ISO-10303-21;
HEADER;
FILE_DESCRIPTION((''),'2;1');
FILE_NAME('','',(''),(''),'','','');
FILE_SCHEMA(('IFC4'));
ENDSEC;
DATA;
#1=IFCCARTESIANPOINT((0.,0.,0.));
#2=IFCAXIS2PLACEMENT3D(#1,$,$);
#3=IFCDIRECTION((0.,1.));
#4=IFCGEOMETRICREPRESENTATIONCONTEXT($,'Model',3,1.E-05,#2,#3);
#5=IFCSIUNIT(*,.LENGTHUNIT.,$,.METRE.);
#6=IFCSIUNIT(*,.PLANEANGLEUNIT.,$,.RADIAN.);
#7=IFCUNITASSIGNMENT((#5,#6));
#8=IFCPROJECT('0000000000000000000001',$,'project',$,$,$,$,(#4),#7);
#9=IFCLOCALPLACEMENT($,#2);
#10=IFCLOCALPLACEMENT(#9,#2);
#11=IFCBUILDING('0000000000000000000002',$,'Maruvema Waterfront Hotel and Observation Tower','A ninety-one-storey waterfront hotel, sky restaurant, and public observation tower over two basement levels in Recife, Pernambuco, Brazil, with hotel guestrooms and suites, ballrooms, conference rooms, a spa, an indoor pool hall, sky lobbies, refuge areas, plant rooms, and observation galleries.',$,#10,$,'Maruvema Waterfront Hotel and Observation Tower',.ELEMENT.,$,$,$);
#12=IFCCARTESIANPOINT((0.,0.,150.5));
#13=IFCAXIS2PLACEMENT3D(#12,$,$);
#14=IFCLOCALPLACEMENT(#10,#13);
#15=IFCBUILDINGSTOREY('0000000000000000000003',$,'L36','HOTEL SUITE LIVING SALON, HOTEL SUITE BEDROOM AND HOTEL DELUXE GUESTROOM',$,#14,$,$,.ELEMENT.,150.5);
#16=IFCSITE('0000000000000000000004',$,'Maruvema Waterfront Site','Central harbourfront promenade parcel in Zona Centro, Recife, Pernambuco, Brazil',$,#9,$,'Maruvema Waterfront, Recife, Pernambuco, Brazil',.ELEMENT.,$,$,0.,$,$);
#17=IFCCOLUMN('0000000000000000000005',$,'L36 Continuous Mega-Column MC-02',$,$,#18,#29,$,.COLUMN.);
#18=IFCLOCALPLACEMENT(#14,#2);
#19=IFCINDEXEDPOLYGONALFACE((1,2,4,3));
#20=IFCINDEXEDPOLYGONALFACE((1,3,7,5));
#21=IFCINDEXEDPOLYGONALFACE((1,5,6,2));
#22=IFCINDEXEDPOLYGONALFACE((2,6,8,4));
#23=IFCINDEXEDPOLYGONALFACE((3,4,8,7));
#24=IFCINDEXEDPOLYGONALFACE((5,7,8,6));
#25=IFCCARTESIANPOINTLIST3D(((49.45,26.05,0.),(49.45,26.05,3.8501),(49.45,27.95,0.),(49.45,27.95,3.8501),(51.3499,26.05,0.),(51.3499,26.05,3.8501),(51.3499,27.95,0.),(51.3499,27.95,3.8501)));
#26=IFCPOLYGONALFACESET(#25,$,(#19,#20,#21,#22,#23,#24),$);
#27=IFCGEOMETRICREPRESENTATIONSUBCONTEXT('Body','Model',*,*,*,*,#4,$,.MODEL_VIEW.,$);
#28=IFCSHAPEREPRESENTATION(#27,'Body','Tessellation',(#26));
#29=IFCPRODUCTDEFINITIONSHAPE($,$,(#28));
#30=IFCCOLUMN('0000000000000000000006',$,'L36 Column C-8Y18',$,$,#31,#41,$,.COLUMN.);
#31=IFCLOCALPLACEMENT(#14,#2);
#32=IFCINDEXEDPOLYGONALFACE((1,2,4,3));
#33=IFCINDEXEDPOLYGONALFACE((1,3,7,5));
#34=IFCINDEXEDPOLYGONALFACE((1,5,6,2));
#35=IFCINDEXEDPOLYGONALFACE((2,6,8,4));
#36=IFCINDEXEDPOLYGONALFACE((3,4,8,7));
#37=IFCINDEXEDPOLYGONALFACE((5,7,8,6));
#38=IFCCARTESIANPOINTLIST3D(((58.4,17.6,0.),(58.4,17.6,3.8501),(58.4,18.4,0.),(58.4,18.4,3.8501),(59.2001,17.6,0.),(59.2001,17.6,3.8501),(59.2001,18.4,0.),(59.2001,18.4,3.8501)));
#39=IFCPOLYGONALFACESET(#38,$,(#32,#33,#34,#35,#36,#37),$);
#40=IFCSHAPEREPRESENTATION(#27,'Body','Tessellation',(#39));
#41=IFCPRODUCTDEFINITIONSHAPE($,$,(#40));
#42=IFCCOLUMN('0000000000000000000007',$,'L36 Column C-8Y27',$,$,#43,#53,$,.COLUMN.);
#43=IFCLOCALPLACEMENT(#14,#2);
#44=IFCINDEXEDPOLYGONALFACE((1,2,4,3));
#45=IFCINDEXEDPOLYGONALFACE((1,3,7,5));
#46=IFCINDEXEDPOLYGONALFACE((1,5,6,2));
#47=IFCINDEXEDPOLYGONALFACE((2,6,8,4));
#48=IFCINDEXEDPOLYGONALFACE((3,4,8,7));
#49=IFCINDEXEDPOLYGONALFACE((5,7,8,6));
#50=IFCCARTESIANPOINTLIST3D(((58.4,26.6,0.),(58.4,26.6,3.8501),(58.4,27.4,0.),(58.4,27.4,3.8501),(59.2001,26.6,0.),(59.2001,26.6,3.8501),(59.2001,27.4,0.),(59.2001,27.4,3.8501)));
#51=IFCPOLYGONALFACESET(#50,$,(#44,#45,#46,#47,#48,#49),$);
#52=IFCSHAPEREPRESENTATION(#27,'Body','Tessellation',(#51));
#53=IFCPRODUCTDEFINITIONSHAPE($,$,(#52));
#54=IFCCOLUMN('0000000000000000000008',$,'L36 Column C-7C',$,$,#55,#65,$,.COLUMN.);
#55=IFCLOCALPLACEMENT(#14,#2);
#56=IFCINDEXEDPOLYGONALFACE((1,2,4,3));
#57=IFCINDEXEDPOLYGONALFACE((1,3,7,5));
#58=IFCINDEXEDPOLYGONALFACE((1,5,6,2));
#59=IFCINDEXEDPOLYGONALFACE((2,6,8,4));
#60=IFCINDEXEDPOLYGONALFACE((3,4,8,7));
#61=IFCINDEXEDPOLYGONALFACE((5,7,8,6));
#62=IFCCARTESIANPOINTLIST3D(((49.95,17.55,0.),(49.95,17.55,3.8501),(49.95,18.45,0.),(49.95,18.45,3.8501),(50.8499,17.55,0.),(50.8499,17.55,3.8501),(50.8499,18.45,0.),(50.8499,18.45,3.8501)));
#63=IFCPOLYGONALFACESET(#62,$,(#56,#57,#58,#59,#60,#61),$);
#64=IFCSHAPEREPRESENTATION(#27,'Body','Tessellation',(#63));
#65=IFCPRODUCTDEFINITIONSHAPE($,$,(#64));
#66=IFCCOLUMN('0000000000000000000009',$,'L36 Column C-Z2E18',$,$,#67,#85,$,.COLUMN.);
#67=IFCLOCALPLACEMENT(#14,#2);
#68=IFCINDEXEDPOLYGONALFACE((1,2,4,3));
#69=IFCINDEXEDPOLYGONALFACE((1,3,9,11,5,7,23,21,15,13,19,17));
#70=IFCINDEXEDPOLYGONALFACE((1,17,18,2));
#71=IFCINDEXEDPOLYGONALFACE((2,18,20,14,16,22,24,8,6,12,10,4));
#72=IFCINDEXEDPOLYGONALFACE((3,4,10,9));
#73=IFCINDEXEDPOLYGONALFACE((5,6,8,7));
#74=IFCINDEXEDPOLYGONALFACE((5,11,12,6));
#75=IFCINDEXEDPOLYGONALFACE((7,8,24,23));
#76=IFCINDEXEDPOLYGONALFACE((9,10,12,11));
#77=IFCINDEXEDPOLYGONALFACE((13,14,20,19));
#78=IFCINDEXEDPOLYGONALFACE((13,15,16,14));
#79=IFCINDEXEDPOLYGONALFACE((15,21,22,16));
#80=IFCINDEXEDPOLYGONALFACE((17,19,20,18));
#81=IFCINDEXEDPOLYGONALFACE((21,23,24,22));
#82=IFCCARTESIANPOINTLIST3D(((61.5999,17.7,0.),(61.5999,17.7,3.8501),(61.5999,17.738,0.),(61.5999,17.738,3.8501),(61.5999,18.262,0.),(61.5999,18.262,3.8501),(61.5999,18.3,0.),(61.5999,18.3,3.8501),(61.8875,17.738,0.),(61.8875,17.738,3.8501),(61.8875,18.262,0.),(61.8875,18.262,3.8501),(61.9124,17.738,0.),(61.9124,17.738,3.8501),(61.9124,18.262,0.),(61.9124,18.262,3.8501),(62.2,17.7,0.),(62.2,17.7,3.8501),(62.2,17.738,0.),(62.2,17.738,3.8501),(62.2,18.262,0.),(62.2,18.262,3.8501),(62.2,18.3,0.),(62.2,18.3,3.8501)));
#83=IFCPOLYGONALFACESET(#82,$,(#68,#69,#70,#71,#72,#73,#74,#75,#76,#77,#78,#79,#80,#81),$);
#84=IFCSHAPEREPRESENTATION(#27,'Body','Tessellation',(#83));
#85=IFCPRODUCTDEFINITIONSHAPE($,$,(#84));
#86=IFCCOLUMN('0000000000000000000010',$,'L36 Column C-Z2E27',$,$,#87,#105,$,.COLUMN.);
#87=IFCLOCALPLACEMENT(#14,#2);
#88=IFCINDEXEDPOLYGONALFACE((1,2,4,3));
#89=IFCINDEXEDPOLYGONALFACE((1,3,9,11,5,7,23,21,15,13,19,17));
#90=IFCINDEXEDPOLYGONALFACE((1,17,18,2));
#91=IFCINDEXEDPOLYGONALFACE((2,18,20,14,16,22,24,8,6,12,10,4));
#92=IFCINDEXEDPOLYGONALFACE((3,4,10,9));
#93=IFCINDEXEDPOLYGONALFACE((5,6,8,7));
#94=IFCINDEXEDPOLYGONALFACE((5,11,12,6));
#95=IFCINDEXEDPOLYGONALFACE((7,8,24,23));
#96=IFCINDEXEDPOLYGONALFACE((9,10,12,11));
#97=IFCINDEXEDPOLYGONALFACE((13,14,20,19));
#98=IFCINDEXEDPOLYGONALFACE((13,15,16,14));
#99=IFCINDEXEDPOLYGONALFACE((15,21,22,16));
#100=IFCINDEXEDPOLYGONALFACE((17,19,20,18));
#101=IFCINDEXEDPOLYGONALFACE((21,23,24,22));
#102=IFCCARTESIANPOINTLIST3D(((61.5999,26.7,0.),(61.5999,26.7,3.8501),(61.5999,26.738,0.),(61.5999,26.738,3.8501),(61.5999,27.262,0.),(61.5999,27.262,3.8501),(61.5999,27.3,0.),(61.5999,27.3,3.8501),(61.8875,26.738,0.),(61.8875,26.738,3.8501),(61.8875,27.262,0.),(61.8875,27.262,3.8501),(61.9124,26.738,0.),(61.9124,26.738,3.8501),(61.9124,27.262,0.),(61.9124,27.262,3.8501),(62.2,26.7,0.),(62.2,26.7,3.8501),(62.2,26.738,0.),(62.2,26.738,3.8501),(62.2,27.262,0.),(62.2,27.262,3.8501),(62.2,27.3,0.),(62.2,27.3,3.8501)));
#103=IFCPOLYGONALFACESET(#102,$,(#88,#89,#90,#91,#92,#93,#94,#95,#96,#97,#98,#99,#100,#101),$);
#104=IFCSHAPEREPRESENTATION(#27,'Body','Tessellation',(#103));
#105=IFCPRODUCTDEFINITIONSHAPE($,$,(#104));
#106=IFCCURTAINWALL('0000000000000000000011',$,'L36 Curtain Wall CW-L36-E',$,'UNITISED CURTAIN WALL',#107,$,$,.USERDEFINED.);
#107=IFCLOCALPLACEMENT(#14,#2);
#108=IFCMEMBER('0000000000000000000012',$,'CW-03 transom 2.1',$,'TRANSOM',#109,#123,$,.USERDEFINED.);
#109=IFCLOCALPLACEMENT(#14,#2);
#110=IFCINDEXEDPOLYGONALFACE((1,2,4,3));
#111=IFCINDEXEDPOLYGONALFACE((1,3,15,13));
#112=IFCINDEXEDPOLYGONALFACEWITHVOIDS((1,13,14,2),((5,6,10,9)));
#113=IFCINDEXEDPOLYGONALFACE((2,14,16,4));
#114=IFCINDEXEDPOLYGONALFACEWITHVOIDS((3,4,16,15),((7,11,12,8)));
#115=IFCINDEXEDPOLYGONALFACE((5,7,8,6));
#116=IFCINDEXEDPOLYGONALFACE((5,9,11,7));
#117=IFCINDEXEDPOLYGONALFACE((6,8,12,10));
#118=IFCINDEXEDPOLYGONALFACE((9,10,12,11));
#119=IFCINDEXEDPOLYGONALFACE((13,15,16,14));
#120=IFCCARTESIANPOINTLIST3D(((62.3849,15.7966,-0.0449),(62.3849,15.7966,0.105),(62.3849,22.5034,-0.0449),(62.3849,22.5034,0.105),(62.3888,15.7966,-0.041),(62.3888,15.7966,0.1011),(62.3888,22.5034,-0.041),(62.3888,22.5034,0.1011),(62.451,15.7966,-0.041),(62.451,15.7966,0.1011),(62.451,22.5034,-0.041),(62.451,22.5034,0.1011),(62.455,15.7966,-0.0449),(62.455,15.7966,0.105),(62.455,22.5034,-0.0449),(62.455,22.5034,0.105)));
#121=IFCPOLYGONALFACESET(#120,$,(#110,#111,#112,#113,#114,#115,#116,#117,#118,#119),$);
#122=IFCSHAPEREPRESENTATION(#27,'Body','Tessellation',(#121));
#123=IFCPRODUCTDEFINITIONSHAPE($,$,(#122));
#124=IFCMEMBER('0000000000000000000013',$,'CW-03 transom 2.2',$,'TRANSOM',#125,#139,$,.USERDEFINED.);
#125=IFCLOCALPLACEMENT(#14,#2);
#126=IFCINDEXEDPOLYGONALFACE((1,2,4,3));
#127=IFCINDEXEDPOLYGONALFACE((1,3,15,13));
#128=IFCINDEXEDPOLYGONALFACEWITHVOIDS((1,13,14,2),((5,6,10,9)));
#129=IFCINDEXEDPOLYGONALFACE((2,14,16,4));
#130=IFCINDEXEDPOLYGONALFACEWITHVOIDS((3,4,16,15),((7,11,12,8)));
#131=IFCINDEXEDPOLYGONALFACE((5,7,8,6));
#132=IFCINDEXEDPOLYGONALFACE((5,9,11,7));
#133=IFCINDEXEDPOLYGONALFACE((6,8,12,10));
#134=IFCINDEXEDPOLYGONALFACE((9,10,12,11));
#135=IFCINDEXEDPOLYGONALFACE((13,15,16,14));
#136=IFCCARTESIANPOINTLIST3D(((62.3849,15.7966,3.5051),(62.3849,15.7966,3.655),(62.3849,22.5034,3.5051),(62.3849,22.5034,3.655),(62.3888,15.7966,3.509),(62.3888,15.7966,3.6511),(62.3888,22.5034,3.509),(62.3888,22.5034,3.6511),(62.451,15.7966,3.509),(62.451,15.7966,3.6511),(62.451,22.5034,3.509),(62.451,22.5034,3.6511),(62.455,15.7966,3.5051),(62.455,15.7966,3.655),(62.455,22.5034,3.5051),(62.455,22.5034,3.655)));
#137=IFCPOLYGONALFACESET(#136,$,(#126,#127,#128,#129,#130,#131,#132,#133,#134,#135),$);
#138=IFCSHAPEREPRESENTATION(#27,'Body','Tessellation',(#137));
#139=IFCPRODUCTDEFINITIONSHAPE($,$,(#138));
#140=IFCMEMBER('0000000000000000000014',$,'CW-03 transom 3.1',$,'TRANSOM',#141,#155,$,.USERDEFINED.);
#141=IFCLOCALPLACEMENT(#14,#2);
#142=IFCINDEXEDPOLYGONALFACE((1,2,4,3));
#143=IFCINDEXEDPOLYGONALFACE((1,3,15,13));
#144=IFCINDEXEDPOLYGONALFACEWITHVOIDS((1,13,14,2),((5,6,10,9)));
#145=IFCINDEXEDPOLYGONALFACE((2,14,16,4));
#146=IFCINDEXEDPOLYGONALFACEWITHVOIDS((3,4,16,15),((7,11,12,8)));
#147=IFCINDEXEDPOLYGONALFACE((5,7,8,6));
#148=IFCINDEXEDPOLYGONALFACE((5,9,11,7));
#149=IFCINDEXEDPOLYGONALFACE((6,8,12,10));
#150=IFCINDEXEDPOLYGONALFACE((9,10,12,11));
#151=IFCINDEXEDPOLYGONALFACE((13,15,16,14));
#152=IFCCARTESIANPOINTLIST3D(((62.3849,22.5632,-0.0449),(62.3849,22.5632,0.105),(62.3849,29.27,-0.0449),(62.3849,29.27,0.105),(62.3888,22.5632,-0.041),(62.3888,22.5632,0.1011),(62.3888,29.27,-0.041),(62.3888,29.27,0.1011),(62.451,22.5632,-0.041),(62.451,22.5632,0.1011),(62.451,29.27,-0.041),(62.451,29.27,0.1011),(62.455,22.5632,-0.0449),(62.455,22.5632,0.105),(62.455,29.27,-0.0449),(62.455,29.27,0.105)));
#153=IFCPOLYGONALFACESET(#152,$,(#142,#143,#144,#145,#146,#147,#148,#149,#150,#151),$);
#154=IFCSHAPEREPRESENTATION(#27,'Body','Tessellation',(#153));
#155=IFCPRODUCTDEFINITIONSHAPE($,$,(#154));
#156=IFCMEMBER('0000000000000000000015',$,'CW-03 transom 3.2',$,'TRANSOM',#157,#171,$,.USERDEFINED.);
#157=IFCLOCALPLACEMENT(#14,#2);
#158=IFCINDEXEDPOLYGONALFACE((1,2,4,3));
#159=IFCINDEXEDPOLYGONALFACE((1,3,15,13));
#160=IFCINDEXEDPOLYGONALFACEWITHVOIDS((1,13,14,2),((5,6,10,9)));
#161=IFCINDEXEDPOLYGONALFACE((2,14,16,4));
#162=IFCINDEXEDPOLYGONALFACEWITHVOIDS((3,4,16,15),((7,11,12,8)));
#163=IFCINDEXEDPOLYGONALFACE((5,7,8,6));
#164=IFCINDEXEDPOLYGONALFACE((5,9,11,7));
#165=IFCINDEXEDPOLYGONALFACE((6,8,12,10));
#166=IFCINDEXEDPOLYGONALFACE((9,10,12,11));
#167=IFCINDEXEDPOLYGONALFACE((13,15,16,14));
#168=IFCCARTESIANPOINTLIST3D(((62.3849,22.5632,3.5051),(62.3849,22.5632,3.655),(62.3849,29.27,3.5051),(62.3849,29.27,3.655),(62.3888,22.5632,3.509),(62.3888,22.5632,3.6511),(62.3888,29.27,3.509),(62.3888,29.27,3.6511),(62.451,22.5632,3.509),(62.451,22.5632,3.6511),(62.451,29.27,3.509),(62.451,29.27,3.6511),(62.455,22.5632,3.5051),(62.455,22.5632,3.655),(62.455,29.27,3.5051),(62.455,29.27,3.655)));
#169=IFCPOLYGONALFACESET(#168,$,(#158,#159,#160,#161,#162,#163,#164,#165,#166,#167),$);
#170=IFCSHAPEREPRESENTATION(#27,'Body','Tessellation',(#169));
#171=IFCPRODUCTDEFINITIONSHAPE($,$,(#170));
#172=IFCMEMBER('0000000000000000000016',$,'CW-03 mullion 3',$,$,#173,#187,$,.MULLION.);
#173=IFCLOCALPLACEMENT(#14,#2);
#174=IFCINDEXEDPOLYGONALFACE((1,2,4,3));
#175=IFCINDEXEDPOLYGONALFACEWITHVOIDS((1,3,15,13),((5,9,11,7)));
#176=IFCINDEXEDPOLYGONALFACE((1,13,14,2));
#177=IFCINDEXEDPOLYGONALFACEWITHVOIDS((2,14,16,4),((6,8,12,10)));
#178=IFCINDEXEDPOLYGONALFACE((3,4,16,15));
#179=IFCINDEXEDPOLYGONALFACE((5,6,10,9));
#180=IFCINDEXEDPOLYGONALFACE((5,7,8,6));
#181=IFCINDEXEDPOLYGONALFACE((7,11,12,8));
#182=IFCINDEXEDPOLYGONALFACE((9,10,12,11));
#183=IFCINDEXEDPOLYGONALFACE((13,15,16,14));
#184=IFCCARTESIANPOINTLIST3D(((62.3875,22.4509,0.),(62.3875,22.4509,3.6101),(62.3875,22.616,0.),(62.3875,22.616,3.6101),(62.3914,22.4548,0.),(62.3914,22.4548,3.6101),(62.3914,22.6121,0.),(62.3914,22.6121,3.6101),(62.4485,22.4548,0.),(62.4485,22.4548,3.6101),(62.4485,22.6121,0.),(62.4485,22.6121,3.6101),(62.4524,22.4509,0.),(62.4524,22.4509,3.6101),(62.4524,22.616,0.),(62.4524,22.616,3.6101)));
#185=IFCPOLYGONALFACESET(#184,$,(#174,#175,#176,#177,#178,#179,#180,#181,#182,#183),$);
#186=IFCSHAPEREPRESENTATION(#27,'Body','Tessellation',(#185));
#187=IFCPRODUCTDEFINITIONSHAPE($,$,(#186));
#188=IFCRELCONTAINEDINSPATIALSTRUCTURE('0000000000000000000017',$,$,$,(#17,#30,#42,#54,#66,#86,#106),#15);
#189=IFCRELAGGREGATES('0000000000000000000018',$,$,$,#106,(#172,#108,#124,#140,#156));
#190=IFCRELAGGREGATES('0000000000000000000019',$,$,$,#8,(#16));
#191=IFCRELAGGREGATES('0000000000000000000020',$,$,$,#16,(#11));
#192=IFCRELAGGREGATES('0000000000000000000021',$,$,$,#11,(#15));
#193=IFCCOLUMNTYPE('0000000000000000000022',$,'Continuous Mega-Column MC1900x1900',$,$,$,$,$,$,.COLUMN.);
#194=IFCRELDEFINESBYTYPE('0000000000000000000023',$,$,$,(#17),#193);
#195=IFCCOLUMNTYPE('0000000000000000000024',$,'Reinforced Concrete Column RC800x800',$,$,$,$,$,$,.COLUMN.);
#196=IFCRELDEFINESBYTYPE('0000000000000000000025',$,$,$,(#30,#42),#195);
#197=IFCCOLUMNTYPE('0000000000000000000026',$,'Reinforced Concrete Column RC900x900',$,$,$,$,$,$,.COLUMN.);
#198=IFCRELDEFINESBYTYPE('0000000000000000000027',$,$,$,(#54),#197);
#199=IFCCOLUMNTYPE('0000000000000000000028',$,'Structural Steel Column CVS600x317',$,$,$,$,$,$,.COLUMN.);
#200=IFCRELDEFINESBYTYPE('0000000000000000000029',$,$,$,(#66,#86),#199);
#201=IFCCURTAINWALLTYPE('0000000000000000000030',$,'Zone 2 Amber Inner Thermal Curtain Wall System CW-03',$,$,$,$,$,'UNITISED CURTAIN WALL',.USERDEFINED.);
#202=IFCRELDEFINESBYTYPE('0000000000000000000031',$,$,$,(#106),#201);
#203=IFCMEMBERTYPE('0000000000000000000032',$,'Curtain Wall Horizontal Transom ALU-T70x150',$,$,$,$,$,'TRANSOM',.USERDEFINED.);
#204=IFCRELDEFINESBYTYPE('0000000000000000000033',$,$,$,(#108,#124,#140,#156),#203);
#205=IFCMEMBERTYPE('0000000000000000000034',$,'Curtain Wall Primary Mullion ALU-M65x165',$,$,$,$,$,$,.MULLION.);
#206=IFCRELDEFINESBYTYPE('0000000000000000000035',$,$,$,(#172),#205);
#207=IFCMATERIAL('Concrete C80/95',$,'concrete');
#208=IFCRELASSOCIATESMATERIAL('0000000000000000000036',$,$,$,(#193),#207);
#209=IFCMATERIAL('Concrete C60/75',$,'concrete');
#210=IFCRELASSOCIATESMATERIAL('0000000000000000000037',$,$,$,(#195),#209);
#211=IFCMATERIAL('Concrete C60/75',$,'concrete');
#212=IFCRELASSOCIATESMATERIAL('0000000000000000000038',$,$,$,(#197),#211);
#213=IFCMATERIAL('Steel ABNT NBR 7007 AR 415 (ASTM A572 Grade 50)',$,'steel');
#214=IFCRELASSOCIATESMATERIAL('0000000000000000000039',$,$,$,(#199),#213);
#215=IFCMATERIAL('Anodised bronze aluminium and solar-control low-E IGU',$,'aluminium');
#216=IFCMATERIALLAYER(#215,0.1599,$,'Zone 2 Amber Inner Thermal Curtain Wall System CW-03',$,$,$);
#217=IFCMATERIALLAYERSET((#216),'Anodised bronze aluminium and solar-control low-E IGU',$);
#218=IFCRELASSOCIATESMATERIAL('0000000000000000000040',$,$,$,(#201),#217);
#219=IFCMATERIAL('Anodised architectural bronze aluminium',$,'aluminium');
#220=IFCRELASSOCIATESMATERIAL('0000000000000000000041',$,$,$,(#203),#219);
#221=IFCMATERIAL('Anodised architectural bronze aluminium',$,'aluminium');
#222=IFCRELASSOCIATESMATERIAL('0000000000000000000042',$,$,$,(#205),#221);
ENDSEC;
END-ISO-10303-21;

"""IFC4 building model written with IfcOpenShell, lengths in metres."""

from ifc_helpers import new_model, si_unit, direction, frame, origin, origin_2d, place, context, subcontext, project, spatial, rectangle, hollow_rectangle, i_section, extrude, material, layer, layer_set, material_profile, profile_set, type_object, element, aggregate, save


model = new_model("IFC4")

# Units and contexts
model_context = context("Model", 3, precision=1e-05, world=origin(), true_north=direction((0.0, 1.0)))
body_context = subcontext(model_context, "Body", "Model", "MODEL_VIEW")
ifc_project = project(units=[si_unit("LENGTHUNIT", "METRE"), si_unit("PLANEANGLEUNIT", "RADIAN")], contexts=[model_context])

# Site, building, storey
site_placement = place(None, origin())
site = spatial("IfcSite", under=ifc_project, at=site_placement, Name="Maruvema Waterfront Site", Description="Central harbourfront promenade parcel in Zona Centro, Recife, Pernambuco, Brazil", LongName="Maruvema Waterfront, Recife, Pernambuco, Brazil", CompositionType="ELEMENT", RefElevation=0.0)
building_placement = place(site_placement, origin())
building = spatial("IfcBuilding", under=site, at=building_placement, Name="Maruvema Waterfront Hotel and Observation Tower", Description="A ninety-one-storey waterfront hotel, sky restaurant, and public observation tower over two basement levels in Recife, Pernambuco, Brazil, with hotel guestrooms and suites, ballrooms, conference rooms, a spa, an indoor pool hall, sky lobbies, refuge areas, plant rooms, and observation galleries.", LongName="Maruvema Waterfront Hotel and Observation Tower", CompositionType="ELEMENT")
storey_placement = place(building_placement, frame((0.0, 0.0, 150.5)))
storey = spatial("IfcBuildingStorey", under=building, at=storey_placement, Name="L36", Description="HOTEL SUITE LIVING SALON, HOTEL SUITE BEDROOM AND HOTEL DELUXE GUESTROOM", CompositionType="ELEMENT", Elevation=150.5)

# Columns
ifc_material_1 = material(Name="Concrete C80/95", Category="concrete")
ifc_material_profile_1 = material_profile(ifc_material_1, rectangle(XDim=1.8999, YDim=1.8999, at=origin_2d()), Name="MC1900x1900")
ifc_profile_set_1 = profile_set([ifc_material_profile_1], Name="Concrete C80/95")
column_type_1 = type_object("IfcColumnType", Name="Continuous Mega-Column MC1900x1900", PredefinedType="COLUMN", material=ifc_profile_set_1)
column_1_placement = place(storey_placement, frame((50.3999, 27.0, 0.0), z_axis=(0.0, 0.0, 1.0), x_axis=(1.0, 0.0, 0.0)))
element("IfcColumn", 1, at=column_1_placement, inside=storey, type_object=column_type_1, Name="L36 Continuous Mega-Column MC-02", PredefinedType="COLUMN", context=body_context, shape_type="SweptSolid", body=[
    extrude(rectangle(XDim=1.8999, YDim=1.8999, at=origin_2d()), origin(), (0.0, 0.0, 1.0), 3.8501),
])
ifc_material_2 = material(Name="Concrete C60/75", Category="concrete")
ifc_material_profile_2 = material_profile(ifc_material_2, rectangle(XDim=0.8, YDim=0.8, at=origin_2d()), Name="RC800x800")
ifc_profile_set_2 = profile_set([ifc_material_profile_2], Name="Concrete C60/75")
column_type_2 = type_object("IfcColumnType", Name="Reinforced Concrete Column RC800x800", PredefinedType="COLUMN", material=ifc_profile_set_2)
for number, where, z_axis, x_axis, name in (
    (2, (58.8, 18.0, 0.0), (0.0, 0.0, 1.0), (1.0, 0.0, 0.0), "L36 Column C-8Y18"),
    (3, (58.8, 27.0, 0.0), (0.0, 0.0, 1.0), (1.0, 0.0, 0.0), "L36 Column C-8Y27"),
):
    element("IfcColumn", number, at=place(storey_placement, frame(where, z_axis=z_axis, x_axis=x_axis)), inside=storey, type_object=column_type_2, Name=name, PredefinedType="COLUMN", context=body_context, shape_type="SweptSolid", body=[
        extrude(rectangle(XDim=0.8, YDim=0.8, at=origin_2d()), origin(), (0.0, 0.0, 1.0), 3.8501),
    ])
ifc_material_3 = material(Name="Concrete C60/75", Category="concrete")
ifc_material_profile_3 = material_profile(ifc_material_3, rectangle(XDim=0.8999, YDim=0.8999, at=origin_2d()), Name="RC900x900")
ifc_profile_set_3 = profile_set([ifc_material_profile_3], Name="Concrete C60/75")
column_type_3 = type_object("IfcColumnType", Name="Reinforced Concrete Column RC900x900", PredefinedType="COLUMN", material=ifc_profile_set_3)
column_2_placement = place(storey_placement, frame((50.3999, 18.0, 0.0), z_axis=(0.0, 0.0, 1.0), x_axis=(1.0, 0.0, 0.0)))
element("IfcColumn", 4, at=column_2_placement, inside=storey, type_object=column_type_3, Name="L36 Column C-7C", PredefinedType="COLUMN", context=body_context, shape_type="SweptSolid", body=[
    extrude(rectangle(XDim=0.8999, YDim=0.8999, at=origin_2d()), origin(), (0.0, 0.0, 1.0), 3.8501),
])
ifc_material_4 = material(Name="Steel ABNT NBR 7007 AR 415 (ASTM A572 Grade 50)", Category="steel")
ifc_material_profile_4 = material_profile(ifc_material_4, i_section(OverallWidth=0.6001, OverallDepth=0.6001, WebThickness=0.0249, FlangeThickness=0.0381, at=origin_2d()), Name="CVS600x317")
ifc_profile_set_4 = profile_set([ifc_material_profile_4], Name="Steel ABNT NBR 7007 AR 415 (ASTM A572 Grade 50)")
column_type_4 = type_object("IfcColumnType", Name="Structural Steel Column CVS600x317", PredefinedType="COLUMN", material=ifc_profile_set_4)
for number, where, z_axis, x_axis, name in (
    (5, (61.8999, 18.0, 0.0), (0.0, 0.0, 1.0), (1.0, 0.0, 0.0), "L36 Column C-Z2E18"),
    (6, (61.8999, 27.0, 0.0), (0.0, 0.0, 1.0), (1.0, 0.0, 0.0), "L36 Column C-Z2E27"),
):
    element("IfcColumn", number, at=place(storey_placement, frame(where, z_axis=z_axis, x_axis=x_axis)), inside=storey, type_object=column_type_4, Name=name, PredefinedType="COLUMN", context=body_context, shape_type="SweptSolid", body=[
        extrude(i_section(OverallWidth=0.6001, OverallDepth=0.6001, WebThickness=0.0249, FlangeThickness=0.0381, at=origin_2d()), origin(), (0.0, 0.0, 1.0), 3.8501),
    ])

# Curtain wall, members
ifc_material_5 = material(Name="Anodised bronze aluminium and solar-control low-E IGU", Category="aluminium")
ifc_layer_1 = layer(ifc_material_5, 0.1599, Name="Zone 2 Amber Inner Thermal Curtain Wall System CW-03")
ifc_layer_set_1 = layer_set([ifc_layer_1], Name="Anodised bronze aluminium and solar-control low-E IGU")
curtain_wall_type = type_object("IfcCurtainWallType", Name="Zone 2 Amber Inner Thermal Curtain Wall System CW-03", ElementType="UNITISED CURTAIN WALL", PredefinedType="USERDEFINED", material=ifc_layer_set_1)
curtain_wall_placement = place(storey_placement, origin())
curtain_wall = element("IfcCurtainWall", 7, at=curtain_wall_placement, inside=storey, type_object=curtain_wall_type, Name="L36 Curtain Wall CW-L36-E", ObjectType="UNITISED CURTAIN WALL", PredefinedType="USERDEFINED")
ifc_material_6 = material(Name="Anodised architectural bronze aluminium", Category="aluminium")
ifc_material_profile_5 = material_profile(ifc_material_6, hollow_rectangle(XDim=0.0701, YDim=0.1499, WallThickness=0.0039, at=origin_2d()), Name="ALU-T70x150")
ifc_profile_set_5 = profile_set([ifc_material_profile_5], Name="Anodised architectural bronze aluminium")
member_type_1 = type_object("IfcMemberType", Name="Curtain Wall Horizontal Transom ALU-T70x150", ElementType="TRANSOM", PredefinedType="USERDEFINED", material=ifc_profile_set_5)
member_1_placement = place(storey_placement, frame((62.4199, 15.7966, 0.03), z_axis=(0.0, 1.0, 0.0), x_axis=(-1.0, 0.0, 0.0)))
member_1 = element("IfcMember", 8, at=member_1_placement, type_object=member_type_1, Name="CW-03 transom 2.1", ObjectType="TRANSOM", PredefinedType="USERDEFINED", context=body_context, shape_type="SweptSolid", body=[
    extrude(hollow_rectangle(XDim=0.0701, YDim=0.1499, WallThickness=0.0039, at=origin_2d()), origin(), (0.0, 0.0, 1.0), 6.7068),
])
member_2_placement = place(storey_placement, frame((62.4199, 15.7966, 3.5801), z_axis=(0.0, 1.0, 0.0), x_axis=(-1.0, 0.0, 0.0)))
member_2 = element("IfcMember", 9, at=member_2_placement, type_object=member_type_1, Name="CW-03 transom 2.2", ObjectType="TRANSOM", PredefinedType="USERDEFINED", context=body_context, shape_type="SweptSolid", body=[
    extrude(hollow_rectangle(XDim=0.0701, YDim=0.1499, WallThickness=0.0039, at=origin_2d()), origin(), (0.0, 0.0, 1.0), 6.7068),
])
member_3_placement = place(storey_placement, frame((62.4199, 22.5632, 0.03), z_axis=(0.0, 1.0, 0.0), x_axis=(-1.0, 0.0, 0.0)))
member_3 = element("IfcMember", 10, at=member_3_placement, type_object=member_type_1, Name="CW-03 transom 3.1", ObjectType="TRANSOM", PredefinedType="USERDEFINED", context=body_context, shape_type="SweptSolid", body=[
    extrude(hollow_rectangle(XDim=0.0701, YDim=0.1499, WallThickness=0.0039, at=origin_2d()), origin(), (0.0, 0.0, 1.0), 6.7068),
])
member_4_placement = place(storey_placement, frame((62.4199, 22.5632, 3.5801), z_axis=(0.0, 1.0, 0.0), x_axis=(-1.0, 0.0, 0.0)))
member_4 = element("IfcMember", 11, at=member_4_placement, type_object=member_type_1, Name="CW-03 transom 3.2", ObjectType="TRANSOM", PredefinedType="USERDEFINED", context=body_context, shape_type="SweptSolid", body=[
    extrude(hollow_rectangle(XDim=0.0701, YDim=0.1499, WallThickness=0.0039, at=origin_2d()), origin(), (0.0, 0.0, 1.0), 6.7068),
])
ifc_material_7 = material(Name="Anodised architectural bronze aluminium", Category="aluminium")
ifc_material_profile_6 = material_profile(ifc_material_7, hollow_rectangle(XDim=0.0649, YDim=0.165, WallThickness=0.0039, at=origin_2d()), Name="ALU-M65x165")
ifc_profile_set_6 = profile_set([ifc_material_profile_6], Name="Anodised architectural bronze aluminium")
member_type_2 = type_object("IfcMemberType", Name="Curtain Wall Primary Mullion ALU-M65x165", PredefinedType="MULLION", material=ifc_profile_set_6)
member_5_placement = place(storey_placement, frame((62.4199, 22.5334, 0.0), z_axis=(0.0, 0.0, 1.0), x_axis=(-1.0, 0.0, 0.0)))
member_5 = element("IfcMember", 12, at=member_5_placement, type_object=member_type_2, Name="CW-03 mullion 3", PredefinedType="MULLION", context=body_context, shape_type="SweptSolid", body=[
    extrude(hollow_rectangle(XDim=0.0649, YDim=0.165, WallThickness=0.0039, at=origin_2d()), origin(), (0.0, 0.0, 1.0), 3.6101),
])

aggregate(curtain_wall, [member_5, member_1, member_2, member_3, member_4])

save(model, "model.ifc")
